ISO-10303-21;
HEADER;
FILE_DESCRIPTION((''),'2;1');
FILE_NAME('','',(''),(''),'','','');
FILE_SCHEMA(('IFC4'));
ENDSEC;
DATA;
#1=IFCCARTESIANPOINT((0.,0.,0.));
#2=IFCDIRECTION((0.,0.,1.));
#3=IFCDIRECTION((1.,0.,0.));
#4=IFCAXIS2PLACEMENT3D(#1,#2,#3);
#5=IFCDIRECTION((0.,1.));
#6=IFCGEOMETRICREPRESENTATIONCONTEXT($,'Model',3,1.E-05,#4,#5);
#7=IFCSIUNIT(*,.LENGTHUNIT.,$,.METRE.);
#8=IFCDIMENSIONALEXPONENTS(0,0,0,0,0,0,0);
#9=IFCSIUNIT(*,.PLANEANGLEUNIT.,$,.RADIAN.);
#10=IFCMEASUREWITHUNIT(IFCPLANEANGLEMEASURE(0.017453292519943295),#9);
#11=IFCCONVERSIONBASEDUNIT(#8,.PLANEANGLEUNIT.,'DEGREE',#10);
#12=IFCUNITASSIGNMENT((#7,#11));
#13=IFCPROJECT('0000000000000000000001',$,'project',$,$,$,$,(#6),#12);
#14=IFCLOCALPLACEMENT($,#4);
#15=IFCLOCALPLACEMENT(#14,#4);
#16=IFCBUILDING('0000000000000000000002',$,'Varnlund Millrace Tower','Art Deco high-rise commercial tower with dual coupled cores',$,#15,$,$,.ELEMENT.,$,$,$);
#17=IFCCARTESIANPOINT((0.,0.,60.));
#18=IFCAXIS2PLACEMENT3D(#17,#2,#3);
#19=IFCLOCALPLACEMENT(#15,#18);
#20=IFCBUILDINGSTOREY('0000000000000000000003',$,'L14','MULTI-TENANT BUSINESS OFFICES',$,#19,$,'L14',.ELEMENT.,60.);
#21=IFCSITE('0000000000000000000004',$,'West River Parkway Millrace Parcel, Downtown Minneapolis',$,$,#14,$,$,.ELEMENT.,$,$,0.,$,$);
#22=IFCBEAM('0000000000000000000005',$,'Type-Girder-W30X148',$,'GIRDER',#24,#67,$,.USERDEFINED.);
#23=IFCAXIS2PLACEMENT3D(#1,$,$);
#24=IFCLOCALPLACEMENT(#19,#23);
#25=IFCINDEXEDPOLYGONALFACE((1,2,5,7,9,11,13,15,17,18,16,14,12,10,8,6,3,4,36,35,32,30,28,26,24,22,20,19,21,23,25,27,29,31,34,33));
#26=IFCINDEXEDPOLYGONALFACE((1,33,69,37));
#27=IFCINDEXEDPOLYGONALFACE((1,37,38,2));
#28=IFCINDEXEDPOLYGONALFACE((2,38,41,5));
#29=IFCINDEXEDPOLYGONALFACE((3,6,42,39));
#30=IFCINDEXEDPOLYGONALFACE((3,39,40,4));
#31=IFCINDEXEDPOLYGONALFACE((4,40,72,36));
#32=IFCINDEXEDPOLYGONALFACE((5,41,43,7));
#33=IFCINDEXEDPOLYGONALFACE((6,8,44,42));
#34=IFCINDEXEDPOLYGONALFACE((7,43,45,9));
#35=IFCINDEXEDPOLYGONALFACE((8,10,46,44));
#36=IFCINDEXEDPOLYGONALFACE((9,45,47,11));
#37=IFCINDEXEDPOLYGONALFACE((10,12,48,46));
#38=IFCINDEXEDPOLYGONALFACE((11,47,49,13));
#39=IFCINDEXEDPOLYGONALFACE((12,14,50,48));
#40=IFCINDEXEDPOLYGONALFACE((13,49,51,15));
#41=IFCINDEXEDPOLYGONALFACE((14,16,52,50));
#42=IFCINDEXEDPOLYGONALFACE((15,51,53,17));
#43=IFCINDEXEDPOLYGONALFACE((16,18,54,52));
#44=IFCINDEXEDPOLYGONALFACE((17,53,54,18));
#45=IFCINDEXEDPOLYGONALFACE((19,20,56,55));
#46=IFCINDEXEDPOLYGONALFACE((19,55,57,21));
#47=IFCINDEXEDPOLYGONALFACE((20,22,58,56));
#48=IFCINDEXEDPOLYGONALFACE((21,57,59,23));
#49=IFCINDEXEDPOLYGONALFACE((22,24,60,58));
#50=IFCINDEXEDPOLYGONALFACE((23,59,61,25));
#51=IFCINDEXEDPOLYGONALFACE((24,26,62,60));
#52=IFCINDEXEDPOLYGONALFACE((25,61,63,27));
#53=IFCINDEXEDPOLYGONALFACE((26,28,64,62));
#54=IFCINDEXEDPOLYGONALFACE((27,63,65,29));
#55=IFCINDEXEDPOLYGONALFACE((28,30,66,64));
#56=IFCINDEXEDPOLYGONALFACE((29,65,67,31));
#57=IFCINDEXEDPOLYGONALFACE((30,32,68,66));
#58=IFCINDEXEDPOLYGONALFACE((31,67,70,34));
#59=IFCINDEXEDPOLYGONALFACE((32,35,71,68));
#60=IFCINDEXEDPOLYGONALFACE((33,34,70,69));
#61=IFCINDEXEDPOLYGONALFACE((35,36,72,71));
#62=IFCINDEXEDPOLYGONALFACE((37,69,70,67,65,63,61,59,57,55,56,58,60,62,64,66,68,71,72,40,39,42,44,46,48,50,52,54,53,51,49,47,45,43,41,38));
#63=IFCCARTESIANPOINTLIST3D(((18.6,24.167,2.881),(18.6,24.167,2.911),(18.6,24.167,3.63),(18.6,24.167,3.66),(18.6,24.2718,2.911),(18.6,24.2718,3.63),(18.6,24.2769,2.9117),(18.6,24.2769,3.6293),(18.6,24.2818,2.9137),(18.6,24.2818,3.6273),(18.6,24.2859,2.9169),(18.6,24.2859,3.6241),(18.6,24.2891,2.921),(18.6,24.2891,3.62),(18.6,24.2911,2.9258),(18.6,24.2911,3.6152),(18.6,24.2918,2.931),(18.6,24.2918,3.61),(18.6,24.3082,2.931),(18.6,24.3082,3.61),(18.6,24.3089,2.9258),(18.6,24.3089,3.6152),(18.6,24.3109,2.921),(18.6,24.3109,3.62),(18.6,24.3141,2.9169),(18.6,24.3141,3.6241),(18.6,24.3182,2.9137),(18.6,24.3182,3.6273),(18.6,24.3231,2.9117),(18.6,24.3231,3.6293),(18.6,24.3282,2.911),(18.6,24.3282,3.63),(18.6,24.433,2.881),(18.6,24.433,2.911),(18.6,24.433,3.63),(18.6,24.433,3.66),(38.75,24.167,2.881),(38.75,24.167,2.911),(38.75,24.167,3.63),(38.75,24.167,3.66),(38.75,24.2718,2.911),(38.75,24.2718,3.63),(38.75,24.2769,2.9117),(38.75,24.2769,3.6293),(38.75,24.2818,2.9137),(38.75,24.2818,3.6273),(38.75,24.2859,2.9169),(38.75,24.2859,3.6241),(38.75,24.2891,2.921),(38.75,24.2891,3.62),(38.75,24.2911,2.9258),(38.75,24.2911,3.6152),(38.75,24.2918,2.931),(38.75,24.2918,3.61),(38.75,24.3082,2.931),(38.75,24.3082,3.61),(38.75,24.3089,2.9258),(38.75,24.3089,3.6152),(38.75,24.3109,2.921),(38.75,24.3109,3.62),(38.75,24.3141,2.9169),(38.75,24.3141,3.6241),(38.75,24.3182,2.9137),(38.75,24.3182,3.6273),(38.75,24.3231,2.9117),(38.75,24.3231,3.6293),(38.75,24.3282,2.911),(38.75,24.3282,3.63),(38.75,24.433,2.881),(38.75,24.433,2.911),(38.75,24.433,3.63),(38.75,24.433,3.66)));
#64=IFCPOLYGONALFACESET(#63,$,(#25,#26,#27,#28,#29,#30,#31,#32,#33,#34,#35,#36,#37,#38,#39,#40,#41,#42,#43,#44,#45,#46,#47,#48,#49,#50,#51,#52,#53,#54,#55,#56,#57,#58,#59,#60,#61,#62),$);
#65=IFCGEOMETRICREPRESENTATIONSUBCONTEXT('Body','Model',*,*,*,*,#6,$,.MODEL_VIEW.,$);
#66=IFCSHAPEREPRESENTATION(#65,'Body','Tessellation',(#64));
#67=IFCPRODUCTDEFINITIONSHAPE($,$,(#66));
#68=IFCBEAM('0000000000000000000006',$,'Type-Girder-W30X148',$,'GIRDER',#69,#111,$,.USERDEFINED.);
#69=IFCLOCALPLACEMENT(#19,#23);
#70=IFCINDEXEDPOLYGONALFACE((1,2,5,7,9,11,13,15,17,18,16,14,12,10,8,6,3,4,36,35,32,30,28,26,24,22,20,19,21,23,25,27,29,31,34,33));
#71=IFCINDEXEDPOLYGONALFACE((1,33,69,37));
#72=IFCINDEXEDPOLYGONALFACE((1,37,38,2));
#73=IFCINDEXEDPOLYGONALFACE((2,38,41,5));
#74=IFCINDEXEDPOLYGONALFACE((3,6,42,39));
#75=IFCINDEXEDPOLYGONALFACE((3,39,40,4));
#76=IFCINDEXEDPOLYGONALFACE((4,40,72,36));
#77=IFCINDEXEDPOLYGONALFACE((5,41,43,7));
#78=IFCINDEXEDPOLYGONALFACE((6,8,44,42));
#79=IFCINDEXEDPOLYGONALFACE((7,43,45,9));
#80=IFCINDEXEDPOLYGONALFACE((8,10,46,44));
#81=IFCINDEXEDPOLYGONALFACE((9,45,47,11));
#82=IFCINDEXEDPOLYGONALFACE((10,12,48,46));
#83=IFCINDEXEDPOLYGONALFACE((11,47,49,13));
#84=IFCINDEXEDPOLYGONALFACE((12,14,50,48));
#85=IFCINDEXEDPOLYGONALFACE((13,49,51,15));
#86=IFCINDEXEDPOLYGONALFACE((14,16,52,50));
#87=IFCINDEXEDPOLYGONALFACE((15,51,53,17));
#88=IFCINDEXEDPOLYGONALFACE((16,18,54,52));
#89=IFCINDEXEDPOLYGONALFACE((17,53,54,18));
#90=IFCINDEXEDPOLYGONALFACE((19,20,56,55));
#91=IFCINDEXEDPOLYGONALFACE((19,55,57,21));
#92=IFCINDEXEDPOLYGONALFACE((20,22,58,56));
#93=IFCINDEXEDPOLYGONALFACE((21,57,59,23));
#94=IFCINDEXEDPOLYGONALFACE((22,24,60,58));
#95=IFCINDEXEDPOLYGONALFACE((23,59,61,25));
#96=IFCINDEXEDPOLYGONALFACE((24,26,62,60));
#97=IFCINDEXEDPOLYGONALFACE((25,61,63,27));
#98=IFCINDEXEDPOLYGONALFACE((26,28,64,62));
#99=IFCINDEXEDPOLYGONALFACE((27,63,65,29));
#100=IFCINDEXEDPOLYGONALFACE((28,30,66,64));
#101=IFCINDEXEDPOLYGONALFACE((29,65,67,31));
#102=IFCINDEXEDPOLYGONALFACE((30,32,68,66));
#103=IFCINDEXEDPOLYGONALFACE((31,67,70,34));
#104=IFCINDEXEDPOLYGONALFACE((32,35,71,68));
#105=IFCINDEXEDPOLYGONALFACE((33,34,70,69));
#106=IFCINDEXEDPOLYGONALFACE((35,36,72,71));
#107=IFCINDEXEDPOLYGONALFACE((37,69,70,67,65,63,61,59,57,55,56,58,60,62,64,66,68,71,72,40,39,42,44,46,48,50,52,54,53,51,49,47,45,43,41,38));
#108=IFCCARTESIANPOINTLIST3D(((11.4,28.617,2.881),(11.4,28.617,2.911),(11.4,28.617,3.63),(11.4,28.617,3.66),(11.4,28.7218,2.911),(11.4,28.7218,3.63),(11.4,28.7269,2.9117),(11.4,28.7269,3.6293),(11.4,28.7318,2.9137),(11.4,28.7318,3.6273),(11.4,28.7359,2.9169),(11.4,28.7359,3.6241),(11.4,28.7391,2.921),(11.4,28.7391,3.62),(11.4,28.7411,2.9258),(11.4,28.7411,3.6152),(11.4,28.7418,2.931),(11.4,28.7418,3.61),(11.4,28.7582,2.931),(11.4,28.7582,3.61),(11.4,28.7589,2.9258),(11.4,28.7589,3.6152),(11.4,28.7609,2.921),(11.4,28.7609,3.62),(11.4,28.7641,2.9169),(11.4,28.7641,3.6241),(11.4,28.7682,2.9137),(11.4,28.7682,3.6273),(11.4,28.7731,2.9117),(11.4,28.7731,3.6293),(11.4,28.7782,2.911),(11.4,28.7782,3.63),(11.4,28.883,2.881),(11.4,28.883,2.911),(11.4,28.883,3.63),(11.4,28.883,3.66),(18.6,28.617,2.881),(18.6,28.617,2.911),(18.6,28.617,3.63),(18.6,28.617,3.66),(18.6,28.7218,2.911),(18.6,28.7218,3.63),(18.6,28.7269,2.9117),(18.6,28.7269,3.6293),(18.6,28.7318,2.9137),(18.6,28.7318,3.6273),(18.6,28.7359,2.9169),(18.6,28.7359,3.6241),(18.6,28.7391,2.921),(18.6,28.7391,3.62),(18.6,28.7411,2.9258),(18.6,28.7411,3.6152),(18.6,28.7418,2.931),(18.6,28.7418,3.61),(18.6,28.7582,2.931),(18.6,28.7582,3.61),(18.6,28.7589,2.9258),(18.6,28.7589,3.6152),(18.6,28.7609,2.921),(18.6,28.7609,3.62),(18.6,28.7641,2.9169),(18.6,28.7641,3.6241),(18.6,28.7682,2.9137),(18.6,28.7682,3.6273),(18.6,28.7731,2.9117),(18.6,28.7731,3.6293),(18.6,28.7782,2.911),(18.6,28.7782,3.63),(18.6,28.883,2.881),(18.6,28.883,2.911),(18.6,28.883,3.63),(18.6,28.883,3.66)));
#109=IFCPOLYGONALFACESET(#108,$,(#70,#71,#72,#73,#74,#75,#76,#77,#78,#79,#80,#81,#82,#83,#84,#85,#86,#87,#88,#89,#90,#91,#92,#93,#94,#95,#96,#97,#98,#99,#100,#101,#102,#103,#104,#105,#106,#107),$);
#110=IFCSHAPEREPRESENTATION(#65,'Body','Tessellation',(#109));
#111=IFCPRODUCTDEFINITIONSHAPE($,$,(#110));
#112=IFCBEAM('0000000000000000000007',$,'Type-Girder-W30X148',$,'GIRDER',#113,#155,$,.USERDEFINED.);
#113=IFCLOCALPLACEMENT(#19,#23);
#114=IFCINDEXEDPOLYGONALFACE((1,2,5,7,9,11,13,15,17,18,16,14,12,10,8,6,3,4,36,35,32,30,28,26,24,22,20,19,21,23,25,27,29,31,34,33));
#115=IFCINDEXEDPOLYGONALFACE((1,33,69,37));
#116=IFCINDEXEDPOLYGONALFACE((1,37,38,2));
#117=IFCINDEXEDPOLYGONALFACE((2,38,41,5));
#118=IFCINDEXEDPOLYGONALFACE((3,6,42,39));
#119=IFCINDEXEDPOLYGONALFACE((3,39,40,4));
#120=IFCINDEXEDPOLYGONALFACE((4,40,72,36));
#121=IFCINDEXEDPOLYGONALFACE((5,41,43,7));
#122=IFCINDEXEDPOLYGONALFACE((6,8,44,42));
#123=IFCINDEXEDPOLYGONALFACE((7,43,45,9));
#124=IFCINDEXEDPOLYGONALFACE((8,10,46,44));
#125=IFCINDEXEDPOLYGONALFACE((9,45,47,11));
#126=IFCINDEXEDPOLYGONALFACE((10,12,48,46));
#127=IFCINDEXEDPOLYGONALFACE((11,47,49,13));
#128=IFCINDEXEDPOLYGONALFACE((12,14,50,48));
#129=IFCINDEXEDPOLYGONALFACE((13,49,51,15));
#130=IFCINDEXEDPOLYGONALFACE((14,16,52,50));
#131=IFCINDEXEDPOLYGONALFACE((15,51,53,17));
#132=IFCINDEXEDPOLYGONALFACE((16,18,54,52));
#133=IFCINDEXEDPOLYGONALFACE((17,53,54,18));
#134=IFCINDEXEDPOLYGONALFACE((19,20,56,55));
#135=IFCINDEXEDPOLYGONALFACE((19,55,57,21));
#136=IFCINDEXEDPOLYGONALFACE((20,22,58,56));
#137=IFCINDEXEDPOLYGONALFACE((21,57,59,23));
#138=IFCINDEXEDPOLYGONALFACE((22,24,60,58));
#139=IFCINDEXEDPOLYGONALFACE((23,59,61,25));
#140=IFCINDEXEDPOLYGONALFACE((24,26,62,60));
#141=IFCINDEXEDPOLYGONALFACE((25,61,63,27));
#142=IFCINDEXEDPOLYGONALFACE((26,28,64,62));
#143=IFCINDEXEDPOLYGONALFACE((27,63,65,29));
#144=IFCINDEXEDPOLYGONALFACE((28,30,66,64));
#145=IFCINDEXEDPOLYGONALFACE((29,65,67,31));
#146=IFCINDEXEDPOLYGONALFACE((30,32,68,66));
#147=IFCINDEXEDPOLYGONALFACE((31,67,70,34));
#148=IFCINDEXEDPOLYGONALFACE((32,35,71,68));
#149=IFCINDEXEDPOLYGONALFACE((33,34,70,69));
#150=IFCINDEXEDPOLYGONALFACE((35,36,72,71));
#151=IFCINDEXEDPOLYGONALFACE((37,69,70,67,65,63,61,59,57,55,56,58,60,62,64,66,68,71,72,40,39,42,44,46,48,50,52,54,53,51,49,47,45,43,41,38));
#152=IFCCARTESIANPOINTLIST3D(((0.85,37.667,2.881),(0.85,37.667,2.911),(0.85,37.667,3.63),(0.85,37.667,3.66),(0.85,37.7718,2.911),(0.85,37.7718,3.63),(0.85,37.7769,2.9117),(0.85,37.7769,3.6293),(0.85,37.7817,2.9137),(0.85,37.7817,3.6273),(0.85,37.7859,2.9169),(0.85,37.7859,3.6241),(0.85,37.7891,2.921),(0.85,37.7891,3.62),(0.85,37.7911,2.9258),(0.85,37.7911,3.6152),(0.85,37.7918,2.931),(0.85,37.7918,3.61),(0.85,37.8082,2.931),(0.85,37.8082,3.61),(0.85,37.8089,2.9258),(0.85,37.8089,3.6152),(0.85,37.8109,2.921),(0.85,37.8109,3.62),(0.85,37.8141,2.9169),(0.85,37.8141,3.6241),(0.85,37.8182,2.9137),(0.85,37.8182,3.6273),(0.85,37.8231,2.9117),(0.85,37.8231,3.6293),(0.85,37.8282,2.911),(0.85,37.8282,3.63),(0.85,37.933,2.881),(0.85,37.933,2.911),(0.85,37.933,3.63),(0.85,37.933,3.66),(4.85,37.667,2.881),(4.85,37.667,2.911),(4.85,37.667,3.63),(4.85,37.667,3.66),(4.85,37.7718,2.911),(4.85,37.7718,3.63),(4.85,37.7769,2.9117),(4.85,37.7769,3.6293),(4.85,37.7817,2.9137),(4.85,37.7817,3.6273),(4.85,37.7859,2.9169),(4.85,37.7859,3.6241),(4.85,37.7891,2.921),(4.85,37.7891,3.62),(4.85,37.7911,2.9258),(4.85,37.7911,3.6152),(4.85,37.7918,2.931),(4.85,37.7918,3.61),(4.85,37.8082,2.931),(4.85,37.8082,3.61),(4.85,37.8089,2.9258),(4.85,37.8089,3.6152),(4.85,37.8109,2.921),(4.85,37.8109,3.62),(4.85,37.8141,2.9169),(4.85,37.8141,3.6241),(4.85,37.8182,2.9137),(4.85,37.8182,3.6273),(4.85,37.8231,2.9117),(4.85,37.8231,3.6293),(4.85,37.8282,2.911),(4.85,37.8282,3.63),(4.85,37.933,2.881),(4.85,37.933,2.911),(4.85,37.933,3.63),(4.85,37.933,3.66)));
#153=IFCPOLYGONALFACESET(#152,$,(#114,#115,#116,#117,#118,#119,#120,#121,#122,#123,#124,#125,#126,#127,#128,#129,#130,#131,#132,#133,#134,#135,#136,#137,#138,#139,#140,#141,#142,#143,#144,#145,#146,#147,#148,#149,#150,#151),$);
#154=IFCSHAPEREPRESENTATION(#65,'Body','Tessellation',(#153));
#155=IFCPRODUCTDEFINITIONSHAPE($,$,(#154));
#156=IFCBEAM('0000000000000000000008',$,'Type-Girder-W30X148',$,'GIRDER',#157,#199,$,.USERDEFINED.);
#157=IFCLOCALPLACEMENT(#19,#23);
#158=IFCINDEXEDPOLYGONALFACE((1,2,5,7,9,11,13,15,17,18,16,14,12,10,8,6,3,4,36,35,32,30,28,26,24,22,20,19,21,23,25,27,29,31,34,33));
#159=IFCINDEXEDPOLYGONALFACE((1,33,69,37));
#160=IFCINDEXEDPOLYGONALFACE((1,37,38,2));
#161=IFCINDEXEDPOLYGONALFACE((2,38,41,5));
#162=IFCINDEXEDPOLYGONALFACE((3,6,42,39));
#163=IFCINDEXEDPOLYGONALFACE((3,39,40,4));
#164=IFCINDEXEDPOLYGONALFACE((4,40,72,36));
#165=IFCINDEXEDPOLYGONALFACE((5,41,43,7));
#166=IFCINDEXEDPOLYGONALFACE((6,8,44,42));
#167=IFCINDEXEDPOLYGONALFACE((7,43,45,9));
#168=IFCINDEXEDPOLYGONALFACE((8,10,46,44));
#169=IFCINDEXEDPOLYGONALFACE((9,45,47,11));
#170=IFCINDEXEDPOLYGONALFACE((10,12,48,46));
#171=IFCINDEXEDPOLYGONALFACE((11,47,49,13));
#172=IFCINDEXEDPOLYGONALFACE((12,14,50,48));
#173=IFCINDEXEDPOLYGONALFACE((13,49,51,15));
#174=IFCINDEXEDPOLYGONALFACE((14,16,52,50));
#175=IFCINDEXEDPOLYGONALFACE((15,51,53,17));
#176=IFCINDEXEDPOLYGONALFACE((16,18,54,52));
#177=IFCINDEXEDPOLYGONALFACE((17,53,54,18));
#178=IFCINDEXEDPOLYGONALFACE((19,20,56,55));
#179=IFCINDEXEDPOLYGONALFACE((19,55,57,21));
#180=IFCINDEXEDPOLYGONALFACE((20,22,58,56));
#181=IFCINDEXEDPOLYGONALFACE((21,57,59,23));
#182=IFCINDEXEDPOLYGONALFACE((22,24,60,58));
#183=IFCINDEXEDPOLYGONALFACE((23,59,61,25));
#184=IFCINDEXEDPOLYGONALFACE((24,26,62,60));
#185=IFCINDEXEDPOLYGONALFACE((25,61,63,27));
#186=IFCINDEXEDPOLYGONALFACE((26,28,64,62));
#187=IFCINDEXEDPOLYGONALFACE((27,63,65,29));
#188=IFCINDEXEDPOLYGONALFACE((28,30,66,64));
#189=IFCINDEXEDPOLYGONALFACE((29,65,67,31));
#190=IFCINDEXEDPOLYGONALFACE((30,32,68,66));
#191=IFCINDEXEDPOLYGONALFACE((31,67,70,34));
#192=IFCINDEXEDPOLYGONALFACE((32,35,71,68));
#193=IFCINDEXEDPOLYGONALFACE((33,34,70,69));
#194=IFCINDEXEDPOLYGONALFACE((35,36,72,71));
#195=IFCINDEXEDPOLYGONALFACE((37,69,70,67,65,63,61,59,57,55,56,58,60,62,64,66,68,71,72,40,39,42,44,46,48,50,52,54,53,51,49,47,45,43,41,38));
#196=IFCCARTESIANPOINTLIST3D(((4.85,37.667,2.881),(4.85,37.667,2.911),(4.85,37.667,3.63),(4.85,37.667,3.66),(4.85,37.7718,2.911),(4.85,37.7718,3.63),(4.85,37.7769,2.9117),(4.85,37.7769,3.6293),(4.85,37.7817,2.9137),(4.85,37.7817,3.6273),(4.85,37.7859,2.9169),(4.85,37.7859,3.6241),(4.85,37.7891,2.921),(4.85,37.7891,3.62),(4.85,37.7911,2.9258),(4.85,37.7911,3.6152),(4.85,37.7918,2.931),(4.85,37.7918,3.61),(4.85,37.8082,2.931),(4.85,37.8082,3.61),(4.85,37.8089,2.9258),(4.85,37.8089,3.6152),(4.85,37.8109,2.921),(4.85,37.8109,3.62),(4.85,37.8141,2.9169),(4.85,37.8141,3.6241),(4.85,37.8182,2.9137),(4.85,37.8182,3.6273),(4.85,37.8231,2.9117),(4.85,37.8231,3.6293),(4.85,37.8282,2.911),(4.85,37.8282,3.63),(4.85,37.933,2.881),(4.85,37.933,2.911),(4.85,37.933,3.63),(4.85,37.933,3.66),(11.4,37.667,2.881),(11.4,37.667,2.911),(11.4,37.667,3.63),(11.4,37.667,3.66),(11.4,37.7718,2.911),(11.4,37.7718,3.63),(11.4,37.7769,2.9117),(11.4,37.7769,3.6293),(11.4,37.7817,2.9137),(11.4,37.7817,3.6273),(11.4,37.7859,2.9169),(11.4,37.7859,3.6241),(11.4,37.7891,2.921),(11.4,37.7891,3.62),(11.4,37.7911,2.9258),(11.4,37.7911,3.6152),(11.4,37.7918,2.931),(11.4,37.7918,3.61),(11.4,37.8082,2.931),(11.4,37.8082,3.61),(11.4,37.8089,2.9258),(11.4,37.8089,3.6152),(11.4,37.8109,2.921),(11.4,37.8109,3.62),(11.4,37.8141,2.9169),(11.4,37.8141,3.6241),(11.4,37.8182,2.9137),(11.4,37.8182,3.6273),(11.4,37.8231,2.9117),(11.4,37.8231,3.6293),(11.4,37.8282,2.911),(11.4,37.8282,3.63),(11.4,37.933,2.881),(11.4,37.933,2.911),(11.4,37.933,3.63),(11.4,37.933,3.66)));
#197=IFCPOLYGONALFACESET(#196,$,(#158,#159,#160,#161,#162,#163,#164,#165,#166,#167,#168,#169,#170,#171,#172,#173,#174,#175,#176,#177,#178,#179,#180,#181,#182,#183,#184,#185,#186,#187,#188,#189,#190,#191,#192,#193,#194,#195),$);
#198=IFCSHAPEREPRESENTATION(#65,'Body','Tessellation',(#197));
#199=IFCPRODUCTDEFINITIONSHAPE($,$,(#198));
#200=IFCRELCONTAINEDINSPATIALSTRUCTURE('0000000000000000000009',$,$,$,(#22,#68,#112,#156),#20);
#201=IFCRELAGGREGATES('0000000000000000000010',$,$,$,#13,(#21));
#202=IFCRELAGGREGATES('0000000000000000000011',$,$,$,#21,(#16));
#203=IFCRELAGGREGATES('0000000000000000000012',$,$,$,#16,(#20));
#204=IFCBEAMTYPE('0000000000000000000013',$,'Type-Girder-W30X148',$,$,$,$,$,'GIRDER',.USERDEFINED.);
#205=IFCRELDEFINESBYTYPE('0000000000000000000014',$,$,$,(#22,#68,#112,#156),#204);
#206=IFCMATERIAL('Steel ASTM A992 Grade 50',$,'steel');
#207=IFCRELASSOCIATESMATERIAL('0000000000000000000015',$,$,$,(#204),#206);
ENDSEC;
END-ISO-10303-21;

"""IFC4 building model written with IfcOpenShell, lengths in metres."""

from ifc_helpers import new_model, entity, si_unit, converted_unit, direction, frame, origin_with_axes, origin_2d_with_axis, place, context, subcontext, project, spatial, i_section, extrude, material, material_profile, profile_set, type_object, element, save


model = new_model("IFC4")

# Units and contexts
model_context = context("Model", 3, precision=1e-05, world=origin_with_axes(), true_north=direction((0.0, 1.0)))
body_context = subcontext(model_context, "Body", "Model", "MODEL_VIEW")
ifc_project = project(units=[si_unit("LENGTHUNIT", "METRE"), converted_unit("PLANEANGLEUNIT", "DEGREE", entity("IfcPlaneAngleMeasure", 0.017453292519943295), si_unit("PLANEANGLEUNIT", "RADIAN"), dimensions=[0, 0, 0, 0, 0, 0, 0])], contexts=[model_context])

# Site, building, storey
site_placement = place(None, origin_with_axes())
site = spatial("IfcSite", under=ifc_project, at=site_placement, Name="West River Parkway Millrace Parcel, Downtown Minneapolis", CompositionType="ELEMENT", RefElevation=0.0)
building_placement = place(site_placement, origin_with_axes())
building = spatial("IfcBuilding", under=site, at=building_placement, Name="Varnlund Millrace Tower", Description="Art Deco high-rise commercial tower with dual coupled cores", CompositionType="ELEMENT")
storey_placement = place(building_placement, frame((0.0, 0.0, 60.0), z_axis=(0.0, 0.0, 1.0), x_axis=(1.0, 0.0, 0.0)))
storey = spatial("IfcBuildingStorey", under=building, at=storey_placement, Name="L14", Description="MULTI-TENANT BUSINESS OFFICES", LongName="L14", CompositionType="ELEMENT", Elevation=60.0)

# Beams
ifc_material_1 = material(Name="Steel ASTM A992 Grade 50", Category="steel")
ifc_material_profile_1 = material_profile(ifc_material_1, i_section(OverallWidth=0.266, OverallDepth=0.779, WebThickness=0.0165, FlangeThickness=0.03, FilletRadius=0.02, at=origin_2d_with_axis()), Name="Steel ASTM A992 Grade 50")
ifc_profile_set_1 = profile_set([ifc_material_profile_1], Name="Steel ASTM A992 Grade 50")
beam_type_1 = type_object("IfcBeamType", Name="Type-Girder-W30X148", ElementType="GIRDER", PredefinedType="USERDEFINED", material=ifc_profile_set_1)
beam_1_placement = place(storey_placement, frame((18.6, 24.3, 3.2705), z_axis=(1.0, 0.0, 0.0), x_axis=(0.0, 1.0, 0.0)))
element("IfcBeam", 1, at=beam_1_placement, inside=storey, type_object=beam_type_1, Name="Type-Girder-W30X148", ObjectType="GIRDER", PredefinedType="USERDEFINED", context=body_context, shape_type="SweptSolid", body=[
    extrude(i_section(OverallWidth=0.266, OverallDepth=0.779, WebThickness=0.0165, FlangeThickness=0.03, FilletRadius=0.02, at=origin_2d_with_axis()), origin_with_axes(), (0.0, 0.0, 1.0), 20.15),
])
beam_2_placement = place(storey_placement, frame((11.4, 28.75, 3.2705), z_axis=(1.0, 0.0, 0.0), x_axis=(0.0, 1.0, 0.0)))
element("IfcBeam", 2, at=beam_2_placement, inside=storey, type_object=beam_type_1, Name="Type-Girder-W30X148", ObjectType="GIRDER", PredefinedType="USERDEFINED", context=body_context, shape_type="SweptSolid", body=[
    extrude(i_section(OverallWidth=0.266, OverallDepth=0.779, WebThickness=0.0165, FlangeThickness=0.03, FilletRadius=0.02, at=origin_2d_with_axis()), origin_with_axes(), (0.0, 0.0, 1.0), 7.2),
])
beam_3_placement = place(storey_placement, frame((0.85, 37.8, 3.2705), z_axis=(1.0, 0.0, 0.0), x_axis=(0.0, 1.0, 0.0)))
element("IfcBeam", 3, at=beam_3_placement, inside=storey, type_object=beam_type_1, Name="Type-Girder-W30X148", ObjectType="GIRDER", PredefinedType="USERDEFINED", context=body_context, shape_type="SweptSolid", body=[
    extrude(i_section(OverallWidth=0.266, OverallDepth=0.779, WebThickness=0.0165, FlangeThickness=0.03, FilletRadius=0.02, at=origin_2d_with_axis()), origin_with_axes(), (0.0, 0.0, 1.0), 4.0),
])
beam_4_placement = place(storey_placement, frame((4.85, 37.8, 3.2705), z_axis=(1.0, 0.0, 0.0), x_axis=(0.0, 1.0, 0.0)))
element("IfcBeam", 4, at=beam_4_placement, inside=storey, type_object=beam_type_1, Name="Type-Girder-W30X148", ObjectType="GIRDER", PredefinedType="USERDEFINED", context=body_context, shape_type="SweptSolid", body=[
    extrude(i_section(OverallWidth=0.266, OverallDepth=0.779, WebThickness=0.0165, FlangeThickness=0.03, FilletRadius=0.02, at=origin_2d_with_axis()), origin_with_axes(), (0.0, 0.0, 1.0), 6.55),
])

save(model, "model.ifc")
